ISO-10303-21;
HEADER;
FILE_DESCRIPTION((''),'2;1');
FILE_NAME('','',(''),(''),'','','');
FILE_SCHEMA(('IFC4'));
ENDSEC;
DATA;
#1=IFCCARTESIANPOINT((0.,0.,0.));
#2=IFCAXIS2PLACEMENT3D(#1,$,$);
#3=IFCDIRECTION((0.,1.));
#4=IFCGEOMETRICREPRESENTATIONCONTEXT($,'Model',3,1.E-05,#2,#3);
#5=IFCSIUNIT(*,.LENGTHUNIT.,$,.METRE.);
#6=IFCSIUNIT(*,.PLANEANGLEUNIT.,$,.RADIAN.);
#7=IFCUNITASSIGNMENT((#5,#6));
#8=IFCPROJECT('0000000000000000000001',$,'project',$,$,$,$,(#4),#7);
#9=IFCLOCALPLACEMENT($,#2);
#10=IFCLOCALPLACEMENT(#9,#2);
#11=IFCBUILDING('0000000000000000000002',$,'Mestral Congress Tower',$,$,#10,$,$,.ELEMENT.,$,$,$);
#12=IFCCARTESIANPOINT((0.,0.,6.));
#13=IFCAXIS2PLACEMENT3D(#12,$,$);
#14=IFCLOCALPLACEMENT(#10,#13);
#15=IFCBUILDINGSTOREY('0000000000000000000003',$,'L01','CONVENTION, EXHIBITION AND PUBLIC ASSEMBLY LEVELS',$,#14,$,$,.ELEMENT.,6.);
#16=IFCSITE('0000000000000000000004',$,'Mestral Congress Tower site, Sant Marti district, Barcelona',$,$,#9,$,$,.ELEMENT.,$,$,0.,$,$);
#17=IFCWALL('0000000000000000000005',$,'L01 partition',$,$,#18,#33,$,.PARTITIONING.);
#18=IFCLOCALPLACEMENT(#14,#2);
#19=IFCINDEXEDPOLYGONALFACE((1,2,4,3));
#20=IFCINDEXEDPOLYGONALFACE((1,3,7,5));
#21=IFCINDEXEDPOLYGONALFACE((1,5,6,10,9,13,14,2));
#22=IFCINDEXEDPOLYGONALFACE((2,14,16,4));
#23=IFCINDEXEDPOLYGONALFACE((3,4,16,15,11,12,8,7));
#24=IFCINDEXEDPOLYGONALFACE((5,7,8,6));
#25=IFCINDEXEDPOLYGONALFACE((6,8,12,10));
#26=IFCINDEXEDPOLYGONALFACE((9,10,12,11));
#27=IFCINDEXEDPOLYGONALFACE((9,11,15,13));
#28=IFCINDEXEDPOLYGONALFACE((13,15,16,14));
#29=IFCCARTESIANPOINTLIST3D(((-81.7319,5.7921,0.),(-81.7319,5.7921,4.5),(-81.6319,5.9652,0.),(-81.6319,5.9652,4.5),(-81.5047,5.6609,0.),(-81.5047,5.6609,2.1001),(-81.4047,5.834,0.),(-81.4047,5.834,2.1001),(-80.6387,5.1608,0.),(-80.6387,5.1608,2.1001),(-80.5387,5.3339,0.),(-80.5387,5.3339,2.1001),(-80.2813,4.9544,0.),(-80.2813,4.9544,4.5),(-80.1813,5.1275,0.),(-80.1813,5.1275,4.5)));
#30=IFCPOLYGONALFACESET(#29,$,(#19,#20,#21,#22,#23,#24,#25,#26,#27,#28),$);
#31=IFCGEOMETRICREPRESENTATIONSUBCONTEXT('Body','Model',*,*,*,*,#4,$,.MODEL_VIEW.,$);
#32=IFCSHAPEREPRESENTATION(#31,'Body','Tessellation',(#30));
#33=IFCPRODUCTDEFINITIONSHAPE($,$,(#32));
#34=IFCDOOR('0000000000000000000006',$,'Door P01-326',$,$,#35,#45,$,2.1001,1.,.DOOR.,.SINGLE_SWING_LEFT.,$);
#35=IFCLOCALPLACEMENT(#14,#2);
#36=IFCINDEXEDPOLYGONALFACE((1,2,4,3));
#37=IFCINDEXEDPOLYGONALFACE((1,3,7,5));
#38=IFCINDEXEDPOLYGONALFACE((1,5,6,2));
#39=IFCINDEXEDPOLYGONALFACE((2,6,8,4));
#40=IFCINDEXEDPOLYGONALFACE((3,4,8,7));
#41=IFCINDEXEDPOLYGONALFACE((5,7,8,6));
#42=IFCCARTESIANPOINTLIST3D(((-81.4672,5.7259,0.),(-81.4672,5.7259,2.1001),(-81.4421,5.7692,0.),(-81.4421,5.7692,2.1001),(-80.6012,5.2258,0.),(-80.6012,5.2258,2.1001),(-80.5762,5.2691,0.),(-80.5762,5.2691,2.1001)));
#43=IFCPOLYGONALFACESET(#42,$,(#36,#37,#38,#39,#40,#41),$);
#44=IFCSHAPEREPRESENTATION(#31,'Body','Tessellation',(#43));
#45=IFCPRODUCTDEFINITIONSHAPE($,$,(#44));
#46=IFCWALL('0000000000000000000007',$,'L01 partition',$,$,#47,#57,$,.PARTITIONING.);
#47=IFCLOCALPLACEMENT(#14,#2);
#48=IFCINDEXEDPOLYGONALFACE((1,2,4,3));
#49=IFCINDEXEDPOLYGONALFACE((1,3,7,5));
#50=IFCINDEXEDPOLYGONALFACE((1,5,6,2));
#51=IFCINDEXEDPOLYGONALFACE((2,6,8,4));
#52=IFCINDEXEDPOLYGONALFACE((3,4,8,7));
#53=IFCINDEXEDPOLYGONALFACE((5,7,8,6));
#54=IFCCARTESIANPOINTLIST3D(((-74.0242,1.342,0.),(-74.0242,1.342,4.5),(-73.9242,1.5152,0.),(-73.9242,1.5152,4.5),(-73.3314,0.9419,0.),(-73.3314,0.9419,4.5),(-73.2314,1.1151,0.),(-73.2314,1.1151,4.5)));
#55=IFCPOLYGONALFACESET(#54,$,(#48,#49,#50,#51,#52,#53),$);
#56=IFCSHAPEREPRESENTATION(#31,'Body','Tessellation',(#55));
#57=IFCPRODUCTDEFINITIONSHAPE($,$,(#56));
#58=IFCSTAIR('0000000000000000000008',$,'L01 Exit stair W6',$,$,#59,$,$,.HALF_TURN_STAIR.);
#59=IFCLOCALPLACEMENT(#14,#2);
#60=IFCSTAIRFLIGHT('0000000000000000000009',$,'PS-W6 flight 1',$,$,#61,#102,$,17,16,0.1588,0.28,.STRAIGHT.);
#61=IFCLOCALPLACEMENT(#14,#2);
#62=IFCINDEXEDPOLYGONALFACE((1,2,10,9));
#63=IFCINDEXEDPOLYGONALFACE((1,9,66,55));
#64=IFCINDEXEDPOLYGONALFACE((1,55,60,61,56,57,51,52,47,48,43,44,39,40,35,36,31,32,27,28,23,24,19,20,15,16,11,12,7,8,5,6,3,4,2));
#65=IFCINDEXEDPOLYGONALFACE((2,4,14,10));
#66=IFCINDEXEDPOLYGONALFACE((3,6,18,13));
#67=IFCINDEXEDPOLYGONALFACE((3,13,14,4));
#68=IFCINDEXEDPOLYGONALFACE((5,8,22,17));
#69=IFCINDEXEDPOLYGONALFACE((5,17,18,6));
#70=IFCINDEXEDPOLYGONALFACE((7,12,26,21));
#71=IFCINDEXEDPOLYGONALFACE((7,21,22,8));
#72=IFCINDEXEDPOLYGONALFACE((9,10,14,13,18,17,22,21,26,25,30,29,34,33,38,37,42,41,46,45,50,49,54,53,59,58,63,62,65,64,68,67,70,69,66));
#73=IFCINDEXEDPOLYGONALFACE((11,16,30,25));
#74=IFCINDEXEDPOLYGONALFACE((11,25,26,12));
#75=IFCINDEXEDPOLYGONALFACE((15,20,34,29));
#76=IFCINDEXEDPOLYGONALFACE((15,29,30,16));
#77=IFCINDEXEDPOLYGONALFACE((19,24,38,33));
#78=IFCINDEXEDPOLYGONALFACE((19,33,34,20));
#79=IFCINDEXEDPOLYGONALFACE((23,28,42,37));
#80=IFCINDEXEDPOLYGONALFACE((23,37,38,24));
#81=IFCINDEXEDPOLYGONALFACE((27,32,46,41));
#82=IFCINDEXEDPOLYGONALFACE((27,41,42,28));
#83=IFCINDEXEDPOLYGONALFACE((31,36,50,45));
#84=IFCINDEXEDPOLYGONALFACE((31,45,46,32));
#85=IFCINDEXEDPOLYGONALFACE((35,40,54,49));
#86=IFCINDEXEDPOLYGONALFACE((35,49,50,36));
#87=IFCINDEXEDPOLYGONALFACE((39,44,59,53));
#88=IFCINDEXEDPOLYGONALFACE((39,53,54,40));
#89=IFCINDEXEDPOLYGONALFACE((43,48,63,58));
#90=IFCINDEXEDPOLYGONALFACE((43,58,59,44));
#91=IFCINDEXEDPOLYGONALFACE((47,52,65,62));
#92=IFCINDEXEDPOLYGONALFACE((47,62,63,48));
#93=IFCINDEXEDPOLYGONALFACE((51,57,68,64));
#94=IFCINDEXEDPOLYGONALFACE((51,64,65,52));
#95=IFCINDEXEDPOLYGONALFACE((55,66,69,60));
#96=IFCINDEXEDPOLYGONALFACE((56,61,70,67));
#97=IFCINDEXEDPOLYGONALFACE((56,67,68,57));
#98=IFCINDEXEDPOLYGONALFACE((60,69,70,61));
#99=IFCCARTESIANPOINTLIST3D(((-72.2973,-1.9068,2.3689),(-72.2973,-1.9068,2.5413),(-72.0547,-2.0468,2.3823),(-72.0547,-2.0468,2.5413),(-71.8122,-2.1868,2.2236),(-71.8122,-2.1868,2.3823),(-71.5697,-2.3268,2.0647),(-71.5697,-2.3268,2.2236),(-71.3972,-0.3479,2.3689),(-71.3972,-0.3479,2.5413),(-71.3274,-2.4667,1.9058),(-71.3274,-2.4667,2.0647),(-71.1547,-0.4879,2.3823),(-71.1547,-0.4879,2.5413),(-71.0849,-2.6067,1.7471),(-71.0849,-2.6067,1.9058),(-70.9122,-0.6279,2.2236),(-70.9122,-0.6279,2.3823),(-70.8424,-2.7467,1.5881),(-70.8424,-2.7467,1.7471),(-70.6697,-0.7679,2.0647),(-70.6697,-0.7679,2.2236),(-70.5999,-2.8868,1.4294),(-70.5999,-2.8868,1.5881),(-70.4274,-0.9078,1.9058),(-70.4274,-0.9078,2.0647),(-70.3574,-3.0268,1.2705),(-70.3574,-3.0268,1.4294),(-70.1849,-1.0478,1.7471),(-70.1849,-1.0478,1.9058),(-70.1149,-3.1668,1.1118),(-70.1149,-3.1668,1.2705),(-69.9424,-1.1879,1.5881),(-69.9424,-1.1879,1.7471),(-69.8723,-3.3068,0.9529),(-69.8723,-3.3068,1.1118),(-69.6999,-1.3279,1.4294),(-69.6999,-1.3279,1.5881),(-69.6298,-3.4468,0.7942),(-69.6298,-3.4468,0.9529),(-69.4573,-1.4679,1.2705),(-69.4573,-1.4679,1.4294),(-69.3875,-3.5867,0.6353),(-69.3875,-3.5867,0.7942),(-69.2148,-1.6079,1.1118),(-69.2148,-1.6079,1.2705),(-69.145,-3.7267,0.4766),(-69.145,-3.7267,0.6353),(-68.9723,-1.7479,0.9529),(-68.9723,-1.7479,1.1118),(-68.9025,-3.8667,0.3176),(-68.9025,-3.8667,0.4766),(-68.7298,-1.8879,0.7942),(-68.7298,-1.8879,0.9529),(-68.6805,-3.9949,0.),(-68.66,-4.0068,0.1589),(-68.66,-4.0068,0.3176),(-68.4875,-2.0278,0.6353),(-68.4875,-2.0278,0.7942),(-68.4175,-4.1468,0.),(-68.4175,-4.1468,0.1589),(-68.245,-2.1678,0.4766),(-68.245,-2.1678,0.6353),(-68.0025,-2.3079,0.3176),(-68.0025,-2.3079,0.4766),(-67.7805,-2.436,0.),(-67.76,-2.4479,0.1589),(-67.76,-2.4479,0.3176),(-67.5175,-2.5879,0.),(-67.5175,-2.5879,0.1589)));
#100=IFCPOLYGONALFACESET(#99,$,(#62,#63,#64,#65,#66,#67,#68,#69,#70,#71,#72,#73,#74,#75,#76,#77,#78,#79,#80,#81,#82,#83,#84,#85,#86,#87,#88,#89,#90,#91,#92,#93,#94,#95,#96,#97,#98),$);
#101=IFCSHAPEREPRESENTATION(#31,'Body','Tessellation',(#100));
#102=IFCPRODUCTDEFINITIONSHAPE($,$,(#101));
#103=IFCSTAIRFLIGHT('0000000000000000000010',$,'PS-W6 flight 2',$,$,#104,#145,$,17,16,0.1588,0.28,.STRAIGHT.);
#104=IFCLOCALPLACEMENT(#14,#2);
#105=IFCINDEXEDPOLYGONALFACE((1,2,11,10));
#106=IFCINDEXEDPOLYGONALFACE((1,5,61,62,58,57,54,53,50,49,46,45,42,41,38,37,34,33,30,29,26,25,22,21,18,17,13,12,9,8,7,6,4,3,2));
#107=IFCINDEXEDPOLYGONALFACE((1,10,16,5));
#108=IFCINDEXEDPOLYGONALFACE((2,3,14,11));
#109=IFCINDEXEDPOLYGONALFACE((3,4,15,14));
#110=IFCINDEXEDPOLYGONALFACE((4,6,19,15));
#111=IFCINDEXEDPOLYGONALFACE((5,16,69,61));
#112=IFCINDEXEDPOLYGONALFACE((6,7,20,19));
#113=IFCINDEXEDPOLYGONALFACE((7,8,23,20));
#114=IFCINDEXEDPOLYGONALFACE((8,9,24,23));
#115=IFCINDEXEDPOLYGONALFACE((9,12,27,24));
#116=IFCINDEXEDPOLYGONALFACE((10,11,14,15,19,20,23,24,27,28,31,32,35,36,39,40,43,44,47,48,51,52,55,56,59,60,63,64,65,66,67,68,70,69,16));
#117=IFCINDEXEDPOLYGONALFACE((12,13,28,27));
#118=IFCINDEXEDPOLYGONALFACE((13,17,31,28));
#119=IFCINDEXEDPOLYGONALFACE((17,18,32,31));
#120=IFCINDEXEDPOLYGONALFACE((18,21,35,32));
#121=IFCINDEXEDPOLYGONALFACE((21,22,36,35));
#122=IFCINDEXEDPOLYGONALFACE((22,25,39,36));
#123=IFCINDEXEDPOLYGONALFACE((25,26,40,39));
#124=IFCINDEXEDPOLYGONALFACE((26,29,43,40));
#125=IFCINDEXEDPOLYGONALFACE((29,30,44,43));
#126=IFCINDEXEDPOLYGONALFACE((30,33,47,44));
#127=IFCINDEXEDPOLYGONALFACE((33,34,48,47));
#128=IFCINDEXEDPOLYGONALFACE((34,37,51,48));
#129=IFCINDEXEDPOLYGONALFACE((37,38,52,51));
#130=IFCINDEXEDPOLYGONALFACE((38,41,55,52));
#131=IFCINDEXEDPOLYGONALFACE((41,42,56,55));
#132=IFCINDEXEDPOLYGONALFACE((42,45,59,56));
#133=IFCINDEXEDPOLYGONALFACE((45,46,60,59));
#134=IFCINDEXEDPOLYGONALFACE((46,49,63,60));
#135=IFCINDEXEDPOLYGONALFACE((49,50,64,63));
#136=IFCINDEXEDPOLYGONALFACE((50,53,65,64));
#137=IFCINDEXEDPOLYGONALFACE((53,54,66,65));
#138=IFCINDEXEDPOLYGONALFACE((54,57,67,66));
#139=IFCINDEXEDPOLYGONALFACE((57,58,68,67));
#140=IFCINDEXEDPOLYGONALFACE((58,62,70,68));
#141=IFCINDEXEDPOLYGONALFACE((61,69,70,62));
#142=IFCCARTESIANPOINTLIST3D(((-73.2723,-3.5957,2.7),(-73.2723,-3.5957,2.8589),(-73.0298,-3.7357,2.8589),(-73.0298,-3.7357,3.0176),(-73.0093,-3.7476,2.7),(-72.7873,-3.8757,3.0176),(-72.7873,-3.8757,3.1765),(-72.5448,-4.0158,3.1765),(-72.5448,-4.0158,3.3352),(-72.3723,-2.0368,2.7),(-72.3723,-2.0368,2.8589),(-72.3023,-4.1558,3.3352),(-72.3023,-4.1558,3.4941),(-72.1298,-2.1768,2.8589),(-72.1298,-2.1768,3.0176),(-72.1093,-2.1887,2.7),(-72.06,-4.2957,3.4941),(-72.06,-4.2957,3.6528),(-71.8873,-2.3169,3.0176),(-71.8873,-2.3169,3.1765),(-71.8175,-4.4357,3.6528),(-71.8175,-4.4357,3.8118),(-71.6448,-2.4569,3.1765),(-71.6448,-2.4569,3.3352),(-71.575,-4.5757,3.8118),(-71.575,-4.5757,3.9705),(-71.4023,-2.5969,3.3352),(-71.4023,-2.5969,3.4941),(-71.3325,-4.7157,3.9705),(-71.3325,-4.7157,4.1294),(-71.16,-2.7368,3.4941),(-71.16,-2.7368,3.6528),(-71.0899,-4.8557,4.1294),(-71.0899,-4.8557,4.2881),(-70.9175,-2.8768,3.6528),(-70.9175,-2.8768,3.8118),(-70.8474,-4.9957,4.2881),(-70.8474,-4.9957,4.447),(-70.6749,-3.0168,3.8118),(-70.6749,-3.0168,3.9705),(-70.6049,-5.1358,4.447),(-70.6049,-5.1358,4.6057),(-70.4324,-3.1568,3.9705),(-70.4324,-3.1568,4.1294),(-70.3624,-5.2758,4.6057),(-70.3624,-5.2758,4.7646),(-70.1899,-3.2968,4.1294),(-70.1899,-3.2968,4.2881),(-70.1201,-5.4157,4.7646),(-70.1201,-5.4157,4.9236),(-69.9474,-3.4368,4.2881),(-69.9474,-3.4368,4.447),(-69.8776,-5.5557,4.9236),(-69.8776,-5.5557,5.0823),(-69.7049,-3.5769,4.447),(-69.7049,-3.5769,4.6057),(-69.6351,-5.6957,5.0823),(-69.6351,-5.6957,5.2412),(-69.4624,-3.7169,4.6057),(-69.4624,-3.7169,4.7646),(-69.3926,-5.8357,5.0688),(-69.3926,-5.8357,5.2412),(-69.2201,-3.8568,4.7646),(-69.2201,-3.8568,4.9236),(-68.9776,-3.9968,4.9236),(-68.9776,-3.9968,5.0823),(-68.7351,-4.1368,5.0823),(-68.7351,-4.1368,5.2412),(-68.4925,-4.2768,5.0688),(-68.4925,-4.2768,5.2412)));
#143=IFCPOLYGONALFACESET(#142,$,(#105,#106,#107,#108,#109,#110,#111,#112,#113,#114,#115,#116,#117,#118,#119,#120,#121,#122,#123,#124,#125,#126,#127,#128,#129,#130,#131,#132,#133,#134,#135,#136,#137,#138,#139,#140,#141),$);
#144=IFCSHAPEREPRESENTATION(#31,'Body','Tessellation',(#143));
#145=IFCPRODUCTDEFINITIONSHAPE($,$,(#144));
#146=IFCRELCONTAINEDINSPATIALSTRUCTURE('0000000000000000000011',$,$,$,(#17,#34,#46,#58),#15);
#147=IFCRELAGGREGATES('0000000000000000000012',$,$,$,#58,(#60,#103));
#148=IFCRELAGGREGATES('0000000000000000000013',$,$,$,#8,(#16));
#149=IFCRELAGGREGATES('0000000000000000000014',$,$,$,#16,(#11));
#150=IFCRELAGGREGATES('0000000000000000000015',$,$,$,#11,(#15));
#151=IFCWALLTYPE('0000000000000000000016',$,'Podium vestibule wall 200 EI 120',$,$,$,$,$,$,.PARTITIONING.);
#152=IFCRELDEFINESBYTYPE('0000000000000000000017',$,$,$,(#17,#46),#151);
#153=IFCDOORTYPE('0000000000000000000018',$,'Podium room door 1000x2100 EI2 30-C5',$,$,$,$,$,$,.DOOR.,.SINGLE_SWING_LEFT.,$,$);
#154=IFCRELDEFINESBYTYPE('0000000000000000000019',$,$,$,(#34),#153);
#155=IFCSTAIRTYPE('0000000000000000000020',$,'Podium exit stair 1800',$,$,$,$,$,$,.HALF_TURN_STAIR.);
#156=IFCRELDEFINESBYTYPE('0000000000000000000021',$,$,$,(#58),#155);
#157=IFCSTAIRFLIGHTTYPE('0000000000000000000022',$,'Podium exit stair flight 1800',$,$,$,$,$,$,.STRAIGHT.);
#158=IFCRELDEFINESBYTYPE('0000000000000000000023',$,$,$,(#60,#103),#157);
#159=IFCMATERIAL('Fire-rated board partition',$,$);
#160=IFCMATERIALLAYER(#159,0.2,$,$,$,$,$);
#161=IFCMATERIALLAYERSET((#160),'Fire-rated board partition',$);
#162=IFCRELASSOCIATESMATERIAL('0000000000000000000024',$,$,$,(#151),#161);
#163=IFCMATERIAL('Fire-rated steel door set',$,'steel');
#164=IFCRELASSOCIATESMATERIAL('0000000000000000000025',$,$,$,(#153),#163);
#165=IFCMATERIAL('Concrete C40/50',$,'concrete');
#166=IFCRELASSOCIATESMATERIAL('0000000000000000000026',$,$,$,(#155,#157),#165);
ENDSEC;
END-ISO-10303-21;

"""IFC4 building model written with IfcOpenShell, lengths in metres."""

from ifc_helpers import new_model, si_unit, direction, frame, frame_2d, origin, place, context, subcontext, project, spatial, polyline, rectangle, outline, extrude, material, layer, layer_set, type_object, element, fill, aggregate, save


model = new_model("IFC4")

# Units and contexts
model_context = context("Model", 3, precision=1e-05, world=origin(), true_north=direction((0.0, 1.0)))
body_context = subcontext(model_context, "Body", "Model", "MODEL_VIEW")
ifc_project = project(units=[si_unit("LENGTHUNIT", "METRE"), si_unit("PLANEANGLEUNIT", "RADIAN")], contexts=[model_context])

# Site, building, storey
site_placement = place(None, origin())
site = spatial("IfcSite", under=ifc_project, at=site_placement, Name="Mestral Congress Tower site, Sant Marti district, Barcelona", CompositionType="ELEMENT", RefElevation=0.0)
building_placement = place(site_placement, origin())
building = spatial("IfcBuilding", under=site, at=building_placement, Name="Mestral Congress Tower", CompositionType="ELEMENT")
storey_placement = place(building_placement, frame((0.0, 0.0, 6.0)))
storey = spatial("IfcBuildingStorey", under=building, at=storey_placement, Name="L01", Description="CONVENTION, EXHIBITION AND PUBLIC ASSEMBLY LEVELS", CompositionType="ELEMENT", Elevation=6.0)

# Shared definitions
ifc_material_1 = material(Name="Fire-rated steel door set", Category="steel")

# Shared definitions
ifc_material_2 = material(Name="Fire-rated board partition")
ifc_layer_1 = layer(ifc_material_2, 0.2)
ifc_layer_set_1 = layer_set([ifc_layer_1], Name="Fire-rated board partition")
wall_type_1 = type_object("IfcWallType", Name="Podium vestibule wall 200 EI 120", PredefinedType="PARTITIONING", material=ifc_layer_set_1)

# Wall, opening, door
door_type_1 = type_object("IfcDoorType", Name="Podium room door 1000x2100 EI2 30-C5", OperationType="SINGLE_SWING_LEFT", PredefinedType="DOOR", material=ifc_material_1)
wall_1_placement = place(storey_placement, frame((-80.2314, 5.041, 0.0), z_axis=(0.0, 0.0, 1.0), x_axis=(-0.865965, 0.500105, 0.0)))
wall_1 = element("IfcWall", 1, at=wall_1_placement, inside=storey, type_object=wall_type_1, Name="L01 partition", PredefinedType="PARTITIONING", context=body_context, shape_type="SweptSolid", body=[
    extrude(rectangle(XDim=1.675, YDim=0.2, at=frame_2d((0.8374, 0.0))), origin(), (0.0, 0.0, 1.0), 4.5),
])
opening_1_placement = place(wall_1_placement, frame((0.4126, 0.0, 0.0)))
opening_1 = element("IfcOpeningElement", 2, at=opening_1_placement, cuts=wall_1, PredefinedType="OPENING", context=body_context, shape_type="SweptSolid", body=[
    extrude(rectangle(XDim=1.0, YDim=2.1001, at=frame_2d((0.5, 1.05))), frame((0.0, 0.1099, 0.0), z_axis=(0.0, -1.0, 0.0), x_axis=(1.0, 0.0, 0.0)), (0.0, 0.0, 1.0), 0.22),
])
door_1_placement = place(opening_1_placement, origin())
door_1 = element("IfcDoor", 3, at=door_1_placement, inside=storey, type_object=door_type_1, Name="Door P01-326", OperationType="SINGLE_SWING_LEFT", OverallHeight=2.1001, OverallWidth=1.0, PredefinedType="DOOR", context=body_context, shape_type="SweptSolid", body=[
    extrude(rectangle(XDim=1.0, YDim=2.1001, at=frame_2d((0.5, 1.05))), frame((0.0, 0.0249, 0.0), z_axis=(0.0, -1.0, 0.0), x_axis=(1.0, 0.0, 0.0)), (0.0, 0.0, 1.0), 0.05),
])
fill(opening_1, door_1)

# Wall
wall_2_placement = place(storey_placement, frame((-73.2815, 1.0286, 0.0), z_axis=(0.0, 0.0, 1.0), x_axis=(-0.865962, 0.50011, 0.0)))
element("IfcWall", 4, at=wall_2_placement, inside=storey, type_object=wall_type_1, Name="L01 partition", PredefinedType="PARTITIONING", context=body_context, shape_type="SweptSolid", body=[
    extrude(rectangle(XDim=0.8, YDim=0.2, at=frame_2d((0.3999, 0.0))), origin(), (0.0, 0.0, 1.0), 4.5),
])

# Stair, stair flights
ifc_material_3 = material(Name="Concrete C40/50", Category="concrete")
stair_type = type_object("IfcStairType", Name="Podium exit stair 1800", PredefinedType="HALF_TURN_STAIR", material=ifc_material_3)
stair_placement = place(storey_placement, origin())
stair = element("IfcStair", 5, at=stair_placement, inside=storey, type_object=stair_type, Name="L01 Exit stair W6", PredefinedType="HALF_TURN_STAIR")
stair_flight_type = type_object("IfcStairFlightType", Name="Podium exit stair flight 1800", PredefinedType="STRAIGHT", material=ifc_material_3)
stair_flight_1_placement = place(storey_placement, frame((-67.9675, -3.3674, 0.0), z_axis=(0.0, 0.0, 1.0), x_axis=(-0.866025, 0.5, 0.0)))
stair_flight_1 = element("IfcStairFlight", 6, at=stair_flight_1_placement, type_object=stair_flight_type, Name="PS-W6 flight 1", NumberOfRisers=17, NumberOfTreads=16, PredefinedType="STRAIGHT", RiserHeight=0.1588, TreadLength=0.28, context=body_context, shape_type="SweptSolid", body=[
    extrude(outline(polyline([(0.0, 0.0), (0.0, 0.1589), (0.28, 0.1589), (0.28, 0.3176), (0.5601, 0.3176), (0.5601, 0.4766), (0.8401, 0.4766), (0.8401, 0.6353), (1.1201, 0.6353), (1.1201, 0.7942), (1.3999, 0.7942), (1.3999, 0.9529), (1.6799, 0.9529), (1.6799, 1.1118), (1.96, 1.1118), (1.96, 1.2705), (2.24, 1.2705), (2.24, 1.4294), (2.52, 1.4294), (2.52, 1.5881), (2.8, 1.5881), (2.8, 1.7471), (3.0801, 1.7471), (3.0801, 1.9058), (3.3601, 1.9058), (3.3601, 2.0647), (3.6399, 2.0647), (3.6399, 2.2236), (3.9199, 2.2236), (3.9199, 2.3823), (4.2, 2.3823), (4.2, 2.5413), (4.48, 2.5413), (4.48, 2.7), (4.48, 2.3689), (0.3037, 0.0), (0.0, 0.0)])), frame((0.0, 0.8999, 0.0), z_axis=(0.0, -1.0, 0.0), x_axis=(1.0, 0.0, 0.0)), (0.0, 0.0, 1.0), 1.8),
])
stair_flight_2_placement = place(storey_placement, frame((-72.8223, -2.8162, 2.7), z_axis=(0.0, 0.0, 1.0), x_axis=(0.866025, -0.5, 0.0)))
stair_flight_2 = element("IfcStairFlight", 7, at=stair_flight_2_placement, type_object=stair_flight_type, Name="PS-W6 flight 2", NumberOfRisers=17, NumberOfTreads=16, PredefinedType="STRAIGHT", RiserHeight=0.1588, TreadLength=0.28, context=body_context, shape_type="SweptSolid", body=[
    extrude(outline(polyline([(0.0, 0.0), (0.0, 0.1589), (0.28, 0.1589), (0.28, 0.3176), (0.5601, 0.3176), (0.5601, 0.4766), (0.8401, 0.4766), (0.8401, 0.6353), (1.1201, 0.6353), (1.1201, 0.7942), (1.3999, 0.7942), (1.3999, 0.9529), (1.6799, 0.9529), (1.6799, 1.1118), (1.96, 1.1118), (1.96, 1.2705), (2.24, 1.2705), (2.24, 1.4294), (2.52, 1.4294), (2.52, 1.5881), (2.8, 1.5881), (2.8, 1.7471), (3.0801, 1.7471), (3.0801, 1.9058), (3.3601, 1.9058), (3.3601, 2.0647), (3.6399, 2.0647), (3.6399, 2.2236), (3.9199, 2.2236), (3.9199, 2.3823), (4.2, 2.3823), (4.2, 2.5413), (4.48, 2.5413), (4.48, 2.7), (4.48, 2.3689), (0.3037, 0.0), (0.0, 0.0)])), frame((0.0, 0.8999, 0.0), z_axis=(0.0, -1.0, 0.0), x_axis=(1.0, 0.0, 0.0)), (0.0, 0.0, 1.0), 1.8),
])
aggregate(stair, [stair_flight_1, stair_flight_2])

save(model, "model.ifc")
